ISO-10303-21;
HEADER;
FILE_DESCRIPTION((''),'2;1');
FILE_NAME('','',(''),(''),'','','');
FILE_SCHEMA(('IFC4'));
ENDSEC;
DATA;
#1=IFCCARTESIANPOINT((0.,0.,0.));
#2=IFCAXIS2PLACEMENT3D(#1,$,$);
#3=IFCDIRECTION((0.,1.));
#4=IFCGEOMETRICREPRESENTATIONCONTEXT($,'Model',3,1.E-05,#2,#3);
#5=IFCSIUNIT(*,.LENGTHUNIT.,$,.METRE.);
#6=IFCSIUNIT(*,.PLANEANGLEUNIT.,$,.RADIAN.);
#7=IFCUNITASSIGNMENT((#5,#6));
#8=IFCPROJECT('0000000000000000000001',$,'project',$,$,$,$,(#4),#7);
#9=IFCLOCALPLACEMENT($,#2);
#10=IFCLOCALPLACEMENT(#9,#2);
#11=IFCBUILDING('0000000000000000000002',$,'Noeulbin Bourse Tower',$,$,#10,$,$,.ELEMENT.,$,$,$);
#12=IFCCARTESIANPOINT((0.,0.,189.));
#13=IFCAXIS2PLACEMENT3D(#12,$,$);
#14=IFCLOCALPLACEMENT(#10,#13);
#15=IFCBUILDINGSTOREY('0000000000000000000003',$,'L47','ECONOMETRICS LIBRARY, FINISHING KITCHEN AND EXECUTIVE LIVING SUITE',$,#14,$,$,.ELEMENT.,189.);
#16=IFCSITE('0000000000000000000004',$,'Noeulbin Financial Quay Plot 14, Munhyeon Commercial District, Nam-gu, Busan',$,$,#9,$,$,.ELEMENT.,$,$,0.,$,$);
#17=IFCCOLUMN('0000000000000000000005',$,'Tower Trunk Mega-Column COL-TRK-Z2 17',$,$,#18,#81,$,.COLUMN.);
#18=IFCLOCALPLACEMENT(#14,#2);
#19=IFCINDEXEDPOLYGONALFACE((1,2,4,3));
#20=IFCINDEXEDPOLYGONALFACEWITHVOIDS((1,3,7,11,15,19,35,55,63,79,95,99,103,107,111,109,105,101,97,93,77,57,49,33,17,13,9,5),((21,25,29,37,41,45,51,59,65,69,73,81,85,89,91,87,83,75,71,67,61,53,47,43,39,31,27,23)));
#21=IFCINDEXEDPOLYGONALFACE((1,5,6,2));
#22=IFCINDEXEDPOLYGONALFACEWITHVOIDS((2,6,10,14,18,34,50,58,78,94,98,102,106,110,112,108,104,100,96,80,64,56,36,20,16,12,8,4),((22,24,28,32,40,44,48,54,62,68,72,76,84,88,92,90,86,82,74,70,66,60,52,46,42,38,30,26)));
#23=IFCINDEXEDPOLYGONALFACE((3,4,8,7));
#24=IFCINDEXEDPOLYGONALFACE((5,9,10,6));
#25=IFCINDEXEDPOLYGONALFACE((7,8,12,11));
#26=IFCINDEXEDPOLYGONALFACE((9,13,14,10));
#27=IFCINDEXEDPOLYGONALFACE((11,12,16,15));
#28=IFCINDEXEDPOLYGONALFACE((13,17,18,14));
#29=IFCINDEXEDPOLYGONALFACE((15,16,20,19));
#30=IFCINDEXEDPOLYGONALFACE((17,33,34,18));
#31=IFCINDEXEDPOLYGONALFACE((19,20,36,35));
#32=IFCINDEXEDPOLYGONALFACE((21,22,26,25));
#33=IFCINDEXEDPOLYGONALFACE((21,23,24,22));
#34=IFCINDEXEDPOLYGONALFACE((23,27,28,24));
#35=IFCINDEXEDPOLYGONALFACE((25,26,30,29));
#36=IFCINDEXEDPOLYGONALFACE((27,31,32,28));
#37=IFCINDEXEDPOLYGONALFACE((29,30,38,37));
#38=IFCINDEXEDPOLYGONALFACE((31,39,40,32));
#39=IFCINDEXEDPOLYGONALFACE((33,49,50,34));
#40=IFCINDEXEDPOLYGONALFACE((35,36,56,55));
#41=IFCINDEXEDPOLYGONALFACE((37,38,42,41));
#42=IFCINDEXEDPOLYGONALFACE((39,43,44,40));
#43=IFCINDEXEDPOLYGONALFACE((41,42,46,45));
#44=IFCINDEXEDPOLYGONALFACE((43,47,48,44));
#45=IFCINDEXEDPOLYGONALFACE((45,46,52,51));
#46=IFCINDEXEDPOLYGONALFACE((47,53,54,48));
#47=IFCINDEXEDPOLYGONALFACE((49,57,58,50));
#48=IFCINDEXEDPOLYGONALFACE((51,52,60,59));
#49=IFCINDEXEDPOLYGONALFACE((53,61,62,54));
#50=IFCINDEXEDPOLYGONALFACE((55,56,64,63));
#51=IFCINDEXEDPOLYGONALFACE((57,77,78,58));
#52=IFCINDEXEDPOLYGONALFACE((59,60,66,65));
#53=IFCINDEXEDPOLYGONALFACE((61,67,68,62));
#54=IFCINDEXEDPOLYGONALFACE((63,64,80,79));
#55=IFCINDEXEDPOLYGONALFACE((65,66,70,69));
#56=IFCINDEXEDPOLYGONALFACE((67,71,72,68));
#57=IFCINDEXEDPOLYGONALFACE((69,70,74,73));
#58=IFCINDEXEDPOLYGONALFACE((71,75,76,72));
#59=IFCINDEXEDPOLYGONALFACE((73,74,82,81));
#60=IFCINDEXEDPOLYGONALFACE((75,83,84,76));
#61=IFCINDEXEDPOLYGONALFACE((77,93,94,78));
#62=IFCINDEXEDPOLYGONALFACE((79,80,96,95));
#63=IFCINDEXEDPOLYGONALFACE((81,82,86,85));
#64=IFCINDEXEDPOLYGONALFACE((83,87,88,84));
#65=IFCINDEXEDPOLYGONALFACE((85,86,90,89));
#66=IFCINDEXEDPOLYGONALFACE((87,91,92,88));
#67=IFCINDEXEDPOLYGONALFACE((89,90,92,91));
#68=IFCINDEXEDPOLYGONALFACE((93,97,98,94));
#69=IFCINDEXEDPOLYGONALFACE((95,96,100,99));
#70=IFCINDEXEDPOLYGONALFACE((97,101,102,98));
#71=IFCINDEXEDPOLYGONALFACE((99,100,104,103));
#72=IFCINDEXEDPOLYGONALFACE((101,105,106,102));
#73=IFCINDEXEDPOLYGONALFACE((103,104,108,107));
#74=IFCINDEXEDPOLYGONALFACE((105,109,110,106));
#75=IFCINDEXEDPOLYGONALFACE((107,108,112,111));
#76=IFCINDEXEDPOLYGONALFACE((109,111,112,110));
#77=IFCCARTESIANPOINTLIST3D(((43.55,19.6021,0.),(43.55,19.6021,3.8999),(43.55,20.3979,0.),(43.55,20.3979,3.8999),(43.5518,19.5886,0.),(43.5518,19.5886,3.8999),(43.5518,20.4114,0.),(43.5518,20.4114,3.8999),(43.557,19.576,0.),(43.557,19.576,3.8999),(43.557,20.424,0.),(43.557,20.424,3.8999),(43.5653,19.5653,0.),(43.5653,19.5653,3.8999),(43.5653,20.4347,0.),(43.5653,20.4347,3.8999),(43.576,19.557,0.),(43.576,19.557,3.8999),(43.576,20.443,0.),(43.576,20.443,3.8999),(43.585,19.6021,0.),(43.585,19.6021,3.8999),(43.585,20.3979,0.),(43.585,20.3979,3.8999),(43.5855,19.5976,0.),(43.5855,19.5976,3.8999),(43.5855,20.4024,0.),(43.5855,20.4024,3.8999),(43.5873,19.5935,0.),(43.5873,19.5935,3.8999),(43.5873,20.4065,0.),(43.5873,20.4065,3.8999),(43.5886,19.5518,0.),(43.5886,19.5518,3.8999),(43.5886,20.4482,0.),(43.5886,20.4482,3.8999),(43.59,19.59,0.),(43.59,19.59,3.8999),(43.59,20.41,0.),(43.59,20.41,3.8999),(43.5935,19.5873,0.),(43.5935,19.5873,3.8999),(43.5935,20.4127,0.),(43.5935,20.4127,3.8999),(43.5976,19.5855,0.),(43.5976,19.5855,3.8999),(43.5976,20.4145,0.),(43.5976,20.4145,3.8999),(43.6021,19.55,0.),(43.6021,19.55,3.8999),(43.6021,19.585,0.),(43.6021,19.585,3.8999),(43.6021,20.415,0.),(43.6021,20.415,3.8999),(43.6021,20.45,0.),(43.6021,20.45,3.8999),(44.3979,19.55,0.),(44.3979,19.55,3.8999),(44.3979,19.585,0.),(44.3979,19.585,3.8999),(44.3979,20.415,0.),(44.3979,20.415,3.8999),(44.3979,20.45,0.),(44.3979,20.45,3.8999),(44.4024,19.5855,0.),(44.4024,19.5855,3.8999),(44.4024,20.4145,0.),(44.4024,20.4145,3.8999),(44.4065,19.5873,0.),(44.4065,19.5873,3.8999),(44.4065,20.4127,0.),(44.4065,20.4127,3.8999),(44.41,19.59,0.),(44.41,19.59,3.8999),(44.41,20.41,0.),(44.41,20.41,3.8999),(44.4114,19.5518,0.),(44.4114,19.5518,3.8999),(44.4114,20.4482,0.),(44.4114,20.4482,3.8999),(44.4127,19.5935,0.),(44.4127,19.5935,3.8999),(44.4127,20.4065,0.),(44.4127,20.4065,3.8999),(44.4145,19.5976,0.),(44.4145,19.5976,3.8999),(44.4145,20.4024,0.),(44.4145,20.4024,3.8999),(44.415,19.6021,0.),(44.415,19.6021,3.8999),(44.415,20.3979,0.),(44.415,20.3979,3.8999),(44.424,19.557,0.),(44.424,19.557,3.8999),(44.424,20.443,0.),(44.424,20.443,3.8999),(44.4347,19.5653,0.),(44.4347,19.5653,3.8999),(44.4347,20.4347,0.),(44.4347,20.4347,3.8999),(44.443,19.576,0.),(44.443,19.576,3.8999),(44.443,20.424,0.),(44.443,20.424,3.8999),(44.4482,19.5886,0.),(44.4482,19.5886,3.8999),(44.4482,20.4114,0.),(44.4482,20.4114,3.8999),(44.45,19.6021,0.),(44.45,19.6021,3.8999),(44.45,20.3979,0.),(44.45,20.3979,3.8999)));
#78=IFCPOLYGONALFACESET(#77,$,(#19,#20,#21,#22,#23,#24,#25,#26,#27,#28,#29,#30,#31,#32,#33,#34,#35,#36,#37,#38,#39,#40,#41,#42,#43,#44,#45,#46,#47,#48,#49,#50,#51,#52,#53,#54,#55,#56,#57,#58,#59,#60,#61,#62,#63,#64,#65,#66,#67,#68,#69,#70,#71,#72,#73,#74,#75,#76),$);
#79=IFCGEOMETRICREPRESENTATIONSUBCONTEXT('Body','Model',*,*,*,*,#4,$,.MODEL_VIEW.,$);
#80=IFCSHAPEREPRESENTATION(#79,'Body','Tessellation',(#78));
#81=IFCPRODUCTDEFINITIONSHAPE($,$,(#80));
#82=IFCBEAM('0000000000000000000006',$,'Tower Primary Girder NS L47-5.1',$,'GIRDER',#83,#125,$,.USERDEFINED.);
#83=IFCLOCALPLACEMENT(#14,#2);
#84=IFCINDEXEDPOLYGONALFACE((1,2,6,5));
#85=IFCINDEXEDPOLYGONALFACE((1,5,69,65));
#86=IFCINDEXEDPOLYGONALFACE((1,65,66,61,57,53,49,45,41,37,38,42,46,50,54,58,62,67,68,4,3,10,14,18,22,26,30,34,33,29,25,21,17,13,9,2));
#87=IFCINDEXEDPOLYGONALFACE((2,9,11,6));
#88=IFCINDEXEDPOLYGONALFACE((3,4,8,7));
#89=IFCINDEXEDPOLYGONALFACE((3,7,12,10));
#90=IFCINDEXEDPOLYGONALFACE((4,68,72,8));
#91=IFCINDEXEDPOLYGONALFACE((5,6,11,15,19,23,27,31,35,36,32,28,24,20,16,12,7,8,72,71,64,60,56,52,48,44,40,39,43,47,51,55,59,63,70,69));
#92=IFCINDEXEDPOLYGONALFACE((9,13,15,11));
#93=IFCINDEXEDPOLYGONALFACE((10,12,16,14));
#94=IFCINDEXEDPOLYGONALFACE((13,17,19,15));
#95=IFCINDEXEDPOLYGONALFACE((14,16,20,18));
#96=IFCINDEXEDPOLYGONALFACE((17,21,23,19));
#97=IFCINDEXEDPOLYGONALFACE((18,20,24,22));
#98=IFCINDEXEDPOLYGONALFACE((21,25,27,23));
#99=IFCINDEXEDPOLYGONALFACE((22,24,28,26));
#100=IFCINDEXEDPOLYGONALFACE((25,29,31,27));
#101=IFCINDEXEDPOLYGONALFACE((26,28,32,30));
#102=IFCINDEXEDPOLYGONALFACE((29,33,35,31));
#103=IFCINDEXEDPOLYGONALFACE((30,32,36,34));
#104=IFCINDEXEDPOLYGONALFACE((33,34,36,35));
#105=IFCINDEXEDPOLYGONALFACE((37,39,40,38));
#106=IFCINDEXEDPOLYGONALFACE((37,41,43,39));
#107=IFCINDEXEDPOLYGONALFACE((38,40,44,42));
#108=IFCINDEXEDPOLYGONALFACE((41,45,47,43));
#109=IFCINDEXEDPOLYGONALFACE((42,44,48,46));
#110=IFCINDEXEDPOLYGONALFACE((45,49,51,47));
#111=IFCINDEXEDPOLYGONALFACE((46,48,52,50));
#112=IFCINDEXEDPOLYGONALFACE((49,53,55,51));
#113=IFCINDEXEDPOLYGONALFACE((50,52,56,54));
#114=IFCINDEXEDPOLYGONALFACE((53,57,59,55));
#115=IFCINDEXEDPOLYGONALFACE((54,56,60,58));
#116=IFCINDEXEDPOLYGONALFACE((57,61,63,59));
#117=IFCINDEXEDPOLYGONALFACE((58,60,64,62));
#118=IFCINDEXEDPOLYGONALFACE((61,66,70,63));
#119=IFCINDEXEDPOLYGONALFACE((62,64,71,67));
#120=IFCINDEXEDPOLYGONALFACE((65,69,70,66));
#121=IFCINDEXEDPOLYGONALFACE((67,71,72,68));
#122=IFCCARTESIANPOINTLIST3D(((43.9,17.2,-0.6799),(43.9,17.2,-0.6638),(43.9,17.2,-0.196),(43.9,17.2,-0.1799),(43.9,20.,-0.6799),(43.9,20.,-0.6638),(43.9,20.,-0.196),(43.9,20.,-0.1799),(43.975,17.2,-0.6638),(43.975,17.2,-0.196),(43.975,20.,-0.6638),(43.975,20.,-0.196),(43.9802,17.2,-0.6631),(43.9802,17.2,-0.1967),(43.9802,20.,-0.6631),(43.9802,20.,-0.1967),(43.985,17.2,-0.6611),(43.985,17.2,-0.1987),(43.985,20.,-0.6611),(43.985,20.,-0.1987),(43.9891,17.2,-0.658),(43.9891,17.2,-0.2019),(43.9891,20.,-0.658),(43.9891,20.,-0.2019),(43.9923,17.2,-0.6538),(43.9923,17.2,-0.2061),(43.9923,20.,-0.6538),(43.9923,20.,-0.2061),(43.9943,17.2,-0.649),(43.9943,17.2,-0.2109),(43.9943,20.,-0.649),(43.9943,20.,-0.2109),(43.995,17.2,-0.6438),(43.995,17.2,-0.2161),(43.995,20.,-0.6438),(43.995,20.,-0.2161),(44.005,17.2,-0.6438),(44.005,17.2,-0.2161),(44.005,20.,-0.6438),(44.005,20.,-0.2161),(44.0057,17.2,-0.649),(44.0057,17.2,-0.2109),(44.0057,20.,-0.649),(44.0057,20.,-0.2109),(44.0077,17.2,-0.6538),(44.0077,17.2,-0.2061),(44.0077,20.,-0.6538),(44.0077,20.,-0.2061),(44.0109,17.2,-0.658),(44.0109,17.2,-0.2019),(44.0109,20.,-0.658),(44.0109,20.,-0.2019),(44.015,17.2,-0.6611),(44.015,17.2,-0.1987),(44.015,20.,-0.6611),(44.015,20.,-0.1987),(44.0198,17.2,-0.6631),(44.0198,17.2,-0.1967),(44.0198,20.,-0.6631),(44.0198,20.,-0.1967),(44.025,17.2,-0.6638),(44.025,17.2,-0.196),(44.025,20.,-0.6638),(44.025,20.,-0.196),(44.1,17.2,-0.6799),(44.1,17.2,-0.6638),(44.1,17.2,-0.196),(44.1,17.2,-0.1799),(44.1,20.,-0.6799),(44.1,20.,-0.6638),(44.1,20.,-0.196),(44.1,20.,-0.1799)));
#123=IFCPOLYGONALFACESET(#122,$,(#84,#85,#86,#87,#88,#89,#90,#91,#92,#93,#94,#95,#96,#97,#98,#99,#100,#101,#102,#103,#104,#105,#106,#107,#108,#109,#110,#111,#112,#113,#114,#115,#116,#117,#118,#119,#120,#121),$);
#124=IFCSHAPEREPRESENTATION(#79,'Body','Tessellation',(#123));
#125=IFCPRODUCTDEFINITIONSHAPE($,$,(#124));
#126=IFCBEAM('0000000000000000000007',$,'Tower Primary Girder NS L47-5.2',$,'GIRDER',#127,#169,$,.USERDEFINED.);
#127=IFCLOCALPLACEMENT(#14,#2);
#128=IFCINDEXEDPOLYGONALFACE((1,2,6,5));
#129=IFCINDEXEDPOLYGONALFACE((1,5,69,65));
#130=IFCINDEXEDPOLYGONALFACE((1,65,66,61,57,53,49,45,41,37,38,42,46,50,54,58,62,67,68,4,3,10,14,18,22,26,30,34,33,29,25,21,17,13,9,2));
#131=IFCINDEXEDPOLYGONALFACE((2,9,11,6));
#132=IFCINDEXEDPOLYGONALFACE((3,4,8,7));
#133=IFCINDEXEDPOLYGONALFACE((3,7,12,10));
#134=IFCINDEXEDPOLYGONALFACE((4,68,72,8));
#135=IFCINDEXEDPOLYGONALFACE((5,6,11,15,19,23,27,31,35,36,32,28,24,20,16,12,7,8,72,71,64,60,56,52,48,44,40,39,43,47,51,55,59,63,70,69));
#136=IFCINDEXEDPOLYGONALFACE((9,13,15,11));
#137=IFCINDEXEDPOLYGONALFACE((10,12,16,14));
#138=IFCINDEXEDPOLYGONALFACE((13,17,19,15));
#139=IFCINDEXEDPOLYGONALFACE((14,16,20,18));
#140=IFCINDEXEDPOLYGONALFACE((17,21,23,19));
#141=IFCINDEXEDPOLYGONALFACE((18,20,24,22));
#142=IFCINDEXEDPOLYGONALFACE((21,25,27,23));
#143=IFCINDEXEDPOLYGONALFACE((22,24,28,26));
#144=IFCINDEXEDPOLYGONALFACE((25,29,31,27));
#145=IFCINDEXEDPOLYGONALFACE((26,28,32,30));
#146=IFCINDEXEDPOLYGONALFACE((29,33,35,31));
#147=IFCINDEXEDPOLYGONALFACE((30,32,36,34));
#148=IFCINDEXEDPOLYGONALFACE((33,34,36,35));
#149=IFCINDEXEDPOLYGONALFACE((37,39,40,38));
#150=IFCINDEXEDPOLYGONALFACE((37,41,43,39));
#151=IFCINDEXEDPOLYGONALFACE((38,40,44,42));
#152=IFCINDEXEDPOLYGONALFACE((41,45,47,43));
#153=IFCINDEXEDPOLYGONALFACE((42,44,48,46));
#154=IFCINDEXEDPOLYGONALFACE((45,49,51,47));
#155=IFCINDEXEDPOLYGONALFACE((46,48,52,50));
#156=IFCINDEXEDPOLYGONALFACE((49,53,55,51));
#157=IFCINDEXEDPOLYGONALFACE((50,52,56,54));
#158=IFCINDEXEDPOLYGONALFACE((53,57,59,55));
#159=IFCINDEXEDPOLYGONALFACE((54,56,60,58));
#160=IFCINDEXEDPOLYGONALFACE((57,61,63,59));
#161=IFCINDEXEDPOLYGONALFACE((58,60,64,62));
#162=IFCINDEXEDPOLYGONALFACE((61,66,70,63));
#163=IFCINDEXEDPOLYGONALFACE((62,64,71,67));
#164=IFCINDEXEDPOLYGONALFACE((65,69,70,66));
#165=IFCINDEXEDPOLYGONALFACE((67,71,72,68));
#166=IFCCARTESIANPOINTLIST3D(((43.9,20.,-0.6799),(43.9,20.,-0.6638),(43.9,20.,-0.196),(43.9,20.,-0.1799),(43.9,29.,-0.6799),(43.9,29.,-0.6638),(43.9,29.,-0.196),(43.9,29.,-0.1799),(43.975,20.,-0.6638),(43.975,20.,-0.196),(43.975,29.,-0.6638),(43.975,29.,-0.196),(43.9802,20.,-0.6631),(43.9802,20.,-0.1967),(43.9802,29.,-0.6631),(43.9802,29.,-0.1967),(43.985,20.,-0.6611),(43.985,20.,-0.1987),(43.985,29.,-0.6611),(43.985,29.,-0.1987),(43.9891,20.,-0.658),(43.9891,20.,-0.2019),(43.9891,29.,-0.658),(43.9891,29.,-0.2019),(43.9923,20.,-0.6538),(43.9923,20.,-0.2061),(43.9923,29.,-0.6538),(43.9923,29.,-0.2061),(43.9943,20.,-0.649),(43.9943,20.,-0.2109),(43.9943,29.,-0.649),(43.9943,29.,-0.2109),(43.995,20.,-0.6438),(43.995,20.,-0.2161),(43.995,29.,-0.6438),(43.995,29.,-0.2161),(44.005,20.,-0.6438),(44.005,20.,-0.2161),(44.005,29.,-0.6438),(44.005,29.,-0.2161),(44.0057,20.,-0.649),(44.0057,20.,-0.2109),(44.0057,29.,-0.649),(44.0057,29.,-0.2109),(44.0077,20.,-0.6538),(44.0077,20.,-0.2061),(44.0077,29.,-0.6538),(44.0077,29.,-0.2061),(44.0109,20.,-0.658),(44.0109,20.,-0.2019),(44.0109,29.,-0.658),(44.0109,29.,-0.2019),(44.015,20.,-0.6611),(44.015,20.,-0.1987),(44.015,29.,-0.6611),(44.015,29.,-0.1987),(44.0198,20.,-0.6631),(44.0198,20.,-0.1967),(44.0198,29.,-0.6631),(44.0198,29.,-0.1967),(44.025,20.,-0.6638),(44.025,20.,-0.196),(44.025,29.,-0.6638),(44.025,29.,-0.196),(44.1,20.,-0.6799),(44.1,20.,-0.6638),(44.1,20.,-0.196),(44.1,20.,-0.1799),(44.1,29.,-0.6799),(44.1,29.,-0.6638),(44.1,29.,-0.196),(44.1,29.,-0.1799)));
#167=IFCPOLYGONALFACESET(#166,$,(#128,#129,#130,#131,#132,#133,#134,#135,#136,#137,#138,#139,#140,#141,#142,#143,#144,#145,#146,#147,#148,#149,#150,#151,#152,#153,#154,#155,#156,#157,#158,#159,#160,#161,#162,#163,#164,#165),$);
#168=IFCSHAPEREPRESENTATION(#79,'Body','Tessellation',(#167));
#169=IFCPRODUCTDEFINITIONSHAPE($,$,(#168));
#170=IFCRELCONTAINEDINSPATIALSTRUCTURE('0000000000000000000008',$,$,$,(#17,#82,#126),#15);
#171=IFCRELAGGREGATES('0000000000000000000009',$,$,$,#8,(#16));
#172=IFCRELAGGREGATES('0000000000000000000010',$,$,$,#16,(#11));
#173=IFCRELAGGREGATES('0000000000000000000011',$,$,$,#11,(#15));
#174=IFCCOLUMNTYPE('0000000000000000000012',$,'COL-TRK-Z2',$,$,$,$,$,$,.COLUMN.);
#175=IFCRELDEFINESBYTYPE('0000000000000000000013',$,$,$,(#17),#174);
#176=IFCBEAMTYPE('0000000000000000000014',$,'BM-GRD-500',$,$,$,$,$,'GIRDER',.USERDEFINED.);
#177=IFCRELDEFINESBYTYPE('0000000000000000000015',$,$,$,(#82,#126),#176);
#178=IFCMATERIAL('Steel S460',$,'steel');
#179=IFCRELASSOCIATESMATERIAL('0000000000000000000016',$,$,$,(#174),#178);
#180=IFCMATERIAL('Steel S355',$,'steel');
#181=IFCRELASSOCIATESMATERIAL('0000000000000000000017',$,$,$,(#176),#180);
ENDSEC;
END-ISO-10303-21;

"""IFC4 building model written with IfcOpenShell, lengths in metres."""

from ifc_helpers import new_model, si_unit, direction, frame, origin, origin_2d, place, context, subcontext, project, spatial, hollow_rectangle, i_section, extrude, material, material_profile, profile_set, type_object, element, save


model = new_model("IFC4")

# Units and contexts
model_context = context("Model", 3, precision=1e-05, world=origin(), true_north=direction((0.0, 1.0)))
body_context = subcontext(model_context, "Body", "Model", "MODEL_VIEW")
ifc_project = project(units=[si_unit("LENGTHUNIT", "METRE"), si_unit("PLANEANGLEUNIT", "RADIAN")], contexts=[model_context])

# Site, building, storey
site_placement = place(None, origin())
site = spatial("IfcSite", under=ifc_project, at=site_placement, Name="Noeulbin Financial Quay Plot 14, Munhyeon Commercial District, Nam-gu, Busan", CompositionType="ELEMENT", RefElevation=0.0)
building_placement = place(site_placement, origin())
building = spatial("IfcBuilding", under=site, at=building_placement, Name="Noeulbin Bourse Tower", CompositionType="ELEMENT")
storey_placement = place(building_placement, frame((0.0, 0.0, 189.0)))
storey = spatial("IfcBuildingStorey", under=building, at=storey_placement, Name="L47", Description="ECONOMETRICS LIBRARY, FINISHING KITCHEN AND EXECUTIVE LIVING SUITE", CompositionType="ELEMENT", Elevation=189.0)

# Column
ifc_material_1 = material(Name="Steel S355", Category="steel")
ifc_material_2 = material(Name="Steel S460", Category="steel")
ifc_material_profile_1 = material_profile(ifc_material_2, hollow_rectangle(XDim=0.8999, YDim=0.8999, WallThickness=0.0349, InnerFilletRadius=0.0171, OuterFilletRadius=0.052, at=origin_2d()), Name="BOX-900x900x35", Category="LoadBearing")
ifc_profile_set_1 = profile_set([ifc_material_profile_1], Name="Steel S460")
column_type_1 = type_object("IfcColumnType", Name="COL-TRK-Z2", PredefinedType="COLUMN", material=ifc_profile_set_1)
for number, where, z_axis, x_axis, name in (
    (1, (44.0, 20.0, 0.0), (0.0, 0.0, 1.0), (1.0, 0.0, 0.0), "Tower Trunk Mega-Column COL-TRK-Z2 17"),
):
    element("IfcColumn", number, at=place(storey_placement, frame(where, z_axis=z_axis, x_axis=x_axis)), inside=storey, type_object=column_type_1, Name=name, PredefinedType="COLUMN", context=body_context, shape_type="SweptSolid", body=[
        extrude(hollow_rectangle(XDim=0.8999, YDim=0.8999, WallThickness=0.0349, InnerFilletRadius=0.0171, OuterFilletRadius=0.052, at=origin_2d()), origin(), (0.0, 0.0, 1.0), 3.8999),
    ])

# Beams
ifc_material_profile_2 = material_profile(ifc_material_1, i_section(OverallWidth=0.2, OverallDepth=0.5, WebThickness=0.01, FlangeThickness=0.0161, FilletRadius=0.02, at=origin_2d()), Name="H-500x200x10x16", Category="LoadBearing")
ifc_profile_set_2 = profile_set([ifc_material_profile_2], Name="Steel S355")
beam_type_1 = type_object("IfcBeamType", Name="BM-GRD-500", ElementType="GIRDER", PredefinedType="USERDEFINED", material=ifc_profile_set_2)
beam_1_placement = place(storey_placement, frame((44.0, 17.2, -0.4299), z_axis=(0.0, 1.0, 0.0), x_axis=(-1.0, 0.0, 0.0)))
element("IfcBeam", 2, at=beam_1_placement, inside=storey, type_object=beam_type_1, Name="Tower Primary Girder NS L47-5.1", ObjectType="GIRDER", PredefinedType="USERDEFINED", context=body_context, shape_type="SweptSolid", body=[
    extrude(i_section(OverallWidth=0.2, OverallDepth=0.5, WebThickness=0.01, FlangeThickness=0.0161, FilletRadius=0.02, at=origin_2d()), origin(), (0.0, 0.0, 1.0), 2.8),
])
beam_2_placement = place(storey_placement, frame((44.0, 20.0, -0.4299), z_axis=(0.0, 1.0, 0.0), x_axis=(-1.0, 0.0, 0.0)))
element("IfcBeam", 3, at=beam_2_placement, inside=storey, type_object=beam_type_1, Name="Tower Primary Girder NS L47-5.2", ObjectType="GIRDER", PredefinedType="USERDEFINED", context=body_context, shape_type="SweptSolid", body=[
    extrude(i_section(OverallWidth=0.2, OverallDepth=0.5, WebThickness=0.01, FlangeThickness=0.0161, FilletRadius=0.02, at=origin_2d()), origin(), (0.0, 0.0, 1.0), 9.0),
])

save(model, "model.ifc")
